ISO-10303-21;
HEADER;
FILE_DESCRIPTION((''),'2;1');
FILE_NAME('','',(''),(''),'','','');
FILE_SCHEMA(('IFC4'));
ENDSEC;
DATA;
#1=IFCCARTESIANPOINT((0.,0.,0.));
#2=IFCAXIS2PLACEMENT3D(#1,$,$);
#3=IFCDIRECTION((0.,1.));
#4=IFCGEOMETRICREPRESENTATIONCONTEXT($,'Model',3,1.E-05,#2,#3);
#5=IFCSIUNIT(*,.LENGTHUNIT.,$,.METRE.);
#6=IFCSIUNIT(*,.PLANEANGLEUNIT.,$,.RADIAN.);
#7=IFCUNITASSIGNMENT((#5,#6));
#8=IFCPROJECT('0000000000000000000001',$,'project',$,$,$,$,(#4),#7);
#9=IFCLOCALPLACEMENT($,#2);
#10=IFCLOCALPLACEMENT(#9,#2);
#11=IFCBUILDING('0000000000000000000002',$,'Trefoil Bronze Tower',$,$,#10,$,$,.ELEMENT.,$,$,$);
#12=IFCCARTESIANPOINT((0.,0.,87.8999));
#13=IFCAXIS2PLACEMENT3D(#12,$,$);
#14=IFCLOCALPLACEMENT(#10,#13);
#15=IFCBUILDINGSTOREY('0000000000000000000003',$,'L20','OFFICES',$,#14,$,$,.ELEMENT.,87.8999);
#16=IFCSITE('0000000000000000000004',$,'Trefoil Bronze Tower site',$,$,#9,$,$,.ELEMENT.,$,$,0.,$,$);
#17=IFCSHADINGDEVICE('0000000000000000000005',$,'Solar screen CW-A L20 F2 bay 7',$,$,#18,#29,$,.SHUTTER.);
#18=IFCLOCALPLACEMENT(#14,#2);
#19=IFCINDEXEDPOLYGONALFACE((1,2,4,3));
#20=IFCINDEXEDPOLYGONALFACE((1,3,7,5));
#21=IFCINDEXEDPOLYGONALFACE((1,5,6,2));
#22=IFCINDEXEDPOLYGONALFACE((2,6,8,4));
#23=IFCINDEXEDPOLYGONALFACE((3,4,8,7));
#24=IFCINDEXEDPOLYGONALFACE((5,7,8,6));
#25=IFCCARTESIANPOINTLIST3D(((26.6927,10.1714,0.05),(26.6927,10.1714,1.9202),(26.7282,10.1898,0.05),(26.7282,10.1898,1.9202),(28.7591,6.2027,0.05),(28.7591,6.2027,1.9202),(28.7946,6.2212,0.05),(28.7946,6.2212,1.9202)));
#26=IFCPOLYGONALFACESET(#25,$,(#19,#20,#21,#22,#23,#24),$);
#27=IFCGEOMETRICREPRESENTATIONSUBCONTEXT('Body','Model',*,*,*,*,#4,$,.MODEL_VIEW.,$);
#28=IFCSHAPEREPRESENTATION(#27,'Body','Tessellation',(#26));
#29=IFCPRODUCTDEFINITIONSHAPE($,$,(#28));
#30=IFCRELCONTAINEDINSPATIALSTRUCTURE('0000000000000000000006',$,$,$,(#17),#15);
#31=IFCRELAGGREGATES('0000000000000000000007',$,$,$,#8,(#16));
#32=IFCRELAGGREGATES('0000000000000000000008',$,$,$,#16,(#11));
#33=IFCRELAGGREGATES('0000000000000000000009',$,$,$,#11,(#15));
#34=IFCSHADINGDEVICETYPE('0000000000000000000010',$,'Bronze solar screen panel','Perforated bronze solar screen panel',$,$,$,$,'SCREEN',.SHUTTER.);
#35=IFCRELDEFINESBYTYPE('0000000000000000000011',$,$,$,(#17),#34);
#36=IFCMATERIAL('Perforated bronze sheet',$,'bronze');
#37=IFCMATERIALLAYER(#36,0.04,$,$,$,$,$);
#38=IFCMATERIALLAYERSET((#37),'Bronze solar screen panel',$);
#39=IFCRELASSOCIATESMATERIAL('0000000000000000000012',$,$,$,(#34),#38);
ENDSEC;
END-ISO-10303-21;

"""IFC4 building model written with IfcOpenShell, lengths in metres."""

from ifc_helpers import new_model, si_unit, direction, frame, origin, origin_2d, place, context, subcontext, project, spatial, rectangle, extrude, material, layer, layer_set, type_object, element, save


model = new_model("IFC4")

# Units and contexts
model_context = context("Model", 3, precision=1e-05, world=origin(), true_north=direction((0.0, 1.0)))
body_context = subcontext(model_context, "Body", "Model", "MODEL_VIEW")
ifc_project = project(units=[si_unit("LENGTHUNIT", "METRE"), si_unit("PLANEANGLEUNIT", "RADIAN")], contexts=[model_context])

# Site, building, storey
site_placement = place(None, origin())
site = spatial("IfcSite", under=ifc_project, at=site_placement, Name="Trefoil Bronze Tower site", CompositionType="ELEMENT", RefElevation=0.0)
building_placement = place(site_placement, origin())
building = spatial("IfcBuilding", under=site, at=building_placement, Name="Trefoil Bronze Tower", CompositionType="ELEMENT")
storey_placement = place(building_placement, frame((0.0, 0.0, 87.8999)))
storey = spatial("IfcBuildingStorey", under=building, at=storey_placement, Name="L20", Description="OFFICES", CompositionType="ELEMENT", Elevation=87.8999)

# Shading device
ifc_material_1 = material(Name="Perforated bronze sheet", Category="bronze")
ifc_layer_1 = layer(ifc_material_1, 0.04)
ifc_layer_set_1 = layer_set([ifc_layer_1], Name="Bronze solar screen panel")
shading_device_type = type_object("IfcShadingDeviceType", Name="Bronze solar screen panel", Description="Perforated bronze solar screen panel", ElementType="SCREEN", PredefinedType="SHUTTER", material=ifc_layer_set_1)
shading_device_1_placement = place(storey_placement, frame((27.7437, 8.1963, 0.05), z_axis=(0.0, 0.0, 1.0), x_axis=(-0.46183, 0.886969, 0.0)))
element("IfcShadingDevice", 1, at=shading_device_1_placement, inside=storey, type_object=shading_device_type, Name="Solar screen CW-A L20 F2 bay 7", PredefinedType="SHUTTER", context=body_context, shape_type="SweptSolid", body=[
    extrude(rectangle(XDim=4.4744, YDim=0.04, at=origin_2d()), origin(), (0.0, 0.0, 1.0), 1.8701),
])

save(model, "model.ifc")
